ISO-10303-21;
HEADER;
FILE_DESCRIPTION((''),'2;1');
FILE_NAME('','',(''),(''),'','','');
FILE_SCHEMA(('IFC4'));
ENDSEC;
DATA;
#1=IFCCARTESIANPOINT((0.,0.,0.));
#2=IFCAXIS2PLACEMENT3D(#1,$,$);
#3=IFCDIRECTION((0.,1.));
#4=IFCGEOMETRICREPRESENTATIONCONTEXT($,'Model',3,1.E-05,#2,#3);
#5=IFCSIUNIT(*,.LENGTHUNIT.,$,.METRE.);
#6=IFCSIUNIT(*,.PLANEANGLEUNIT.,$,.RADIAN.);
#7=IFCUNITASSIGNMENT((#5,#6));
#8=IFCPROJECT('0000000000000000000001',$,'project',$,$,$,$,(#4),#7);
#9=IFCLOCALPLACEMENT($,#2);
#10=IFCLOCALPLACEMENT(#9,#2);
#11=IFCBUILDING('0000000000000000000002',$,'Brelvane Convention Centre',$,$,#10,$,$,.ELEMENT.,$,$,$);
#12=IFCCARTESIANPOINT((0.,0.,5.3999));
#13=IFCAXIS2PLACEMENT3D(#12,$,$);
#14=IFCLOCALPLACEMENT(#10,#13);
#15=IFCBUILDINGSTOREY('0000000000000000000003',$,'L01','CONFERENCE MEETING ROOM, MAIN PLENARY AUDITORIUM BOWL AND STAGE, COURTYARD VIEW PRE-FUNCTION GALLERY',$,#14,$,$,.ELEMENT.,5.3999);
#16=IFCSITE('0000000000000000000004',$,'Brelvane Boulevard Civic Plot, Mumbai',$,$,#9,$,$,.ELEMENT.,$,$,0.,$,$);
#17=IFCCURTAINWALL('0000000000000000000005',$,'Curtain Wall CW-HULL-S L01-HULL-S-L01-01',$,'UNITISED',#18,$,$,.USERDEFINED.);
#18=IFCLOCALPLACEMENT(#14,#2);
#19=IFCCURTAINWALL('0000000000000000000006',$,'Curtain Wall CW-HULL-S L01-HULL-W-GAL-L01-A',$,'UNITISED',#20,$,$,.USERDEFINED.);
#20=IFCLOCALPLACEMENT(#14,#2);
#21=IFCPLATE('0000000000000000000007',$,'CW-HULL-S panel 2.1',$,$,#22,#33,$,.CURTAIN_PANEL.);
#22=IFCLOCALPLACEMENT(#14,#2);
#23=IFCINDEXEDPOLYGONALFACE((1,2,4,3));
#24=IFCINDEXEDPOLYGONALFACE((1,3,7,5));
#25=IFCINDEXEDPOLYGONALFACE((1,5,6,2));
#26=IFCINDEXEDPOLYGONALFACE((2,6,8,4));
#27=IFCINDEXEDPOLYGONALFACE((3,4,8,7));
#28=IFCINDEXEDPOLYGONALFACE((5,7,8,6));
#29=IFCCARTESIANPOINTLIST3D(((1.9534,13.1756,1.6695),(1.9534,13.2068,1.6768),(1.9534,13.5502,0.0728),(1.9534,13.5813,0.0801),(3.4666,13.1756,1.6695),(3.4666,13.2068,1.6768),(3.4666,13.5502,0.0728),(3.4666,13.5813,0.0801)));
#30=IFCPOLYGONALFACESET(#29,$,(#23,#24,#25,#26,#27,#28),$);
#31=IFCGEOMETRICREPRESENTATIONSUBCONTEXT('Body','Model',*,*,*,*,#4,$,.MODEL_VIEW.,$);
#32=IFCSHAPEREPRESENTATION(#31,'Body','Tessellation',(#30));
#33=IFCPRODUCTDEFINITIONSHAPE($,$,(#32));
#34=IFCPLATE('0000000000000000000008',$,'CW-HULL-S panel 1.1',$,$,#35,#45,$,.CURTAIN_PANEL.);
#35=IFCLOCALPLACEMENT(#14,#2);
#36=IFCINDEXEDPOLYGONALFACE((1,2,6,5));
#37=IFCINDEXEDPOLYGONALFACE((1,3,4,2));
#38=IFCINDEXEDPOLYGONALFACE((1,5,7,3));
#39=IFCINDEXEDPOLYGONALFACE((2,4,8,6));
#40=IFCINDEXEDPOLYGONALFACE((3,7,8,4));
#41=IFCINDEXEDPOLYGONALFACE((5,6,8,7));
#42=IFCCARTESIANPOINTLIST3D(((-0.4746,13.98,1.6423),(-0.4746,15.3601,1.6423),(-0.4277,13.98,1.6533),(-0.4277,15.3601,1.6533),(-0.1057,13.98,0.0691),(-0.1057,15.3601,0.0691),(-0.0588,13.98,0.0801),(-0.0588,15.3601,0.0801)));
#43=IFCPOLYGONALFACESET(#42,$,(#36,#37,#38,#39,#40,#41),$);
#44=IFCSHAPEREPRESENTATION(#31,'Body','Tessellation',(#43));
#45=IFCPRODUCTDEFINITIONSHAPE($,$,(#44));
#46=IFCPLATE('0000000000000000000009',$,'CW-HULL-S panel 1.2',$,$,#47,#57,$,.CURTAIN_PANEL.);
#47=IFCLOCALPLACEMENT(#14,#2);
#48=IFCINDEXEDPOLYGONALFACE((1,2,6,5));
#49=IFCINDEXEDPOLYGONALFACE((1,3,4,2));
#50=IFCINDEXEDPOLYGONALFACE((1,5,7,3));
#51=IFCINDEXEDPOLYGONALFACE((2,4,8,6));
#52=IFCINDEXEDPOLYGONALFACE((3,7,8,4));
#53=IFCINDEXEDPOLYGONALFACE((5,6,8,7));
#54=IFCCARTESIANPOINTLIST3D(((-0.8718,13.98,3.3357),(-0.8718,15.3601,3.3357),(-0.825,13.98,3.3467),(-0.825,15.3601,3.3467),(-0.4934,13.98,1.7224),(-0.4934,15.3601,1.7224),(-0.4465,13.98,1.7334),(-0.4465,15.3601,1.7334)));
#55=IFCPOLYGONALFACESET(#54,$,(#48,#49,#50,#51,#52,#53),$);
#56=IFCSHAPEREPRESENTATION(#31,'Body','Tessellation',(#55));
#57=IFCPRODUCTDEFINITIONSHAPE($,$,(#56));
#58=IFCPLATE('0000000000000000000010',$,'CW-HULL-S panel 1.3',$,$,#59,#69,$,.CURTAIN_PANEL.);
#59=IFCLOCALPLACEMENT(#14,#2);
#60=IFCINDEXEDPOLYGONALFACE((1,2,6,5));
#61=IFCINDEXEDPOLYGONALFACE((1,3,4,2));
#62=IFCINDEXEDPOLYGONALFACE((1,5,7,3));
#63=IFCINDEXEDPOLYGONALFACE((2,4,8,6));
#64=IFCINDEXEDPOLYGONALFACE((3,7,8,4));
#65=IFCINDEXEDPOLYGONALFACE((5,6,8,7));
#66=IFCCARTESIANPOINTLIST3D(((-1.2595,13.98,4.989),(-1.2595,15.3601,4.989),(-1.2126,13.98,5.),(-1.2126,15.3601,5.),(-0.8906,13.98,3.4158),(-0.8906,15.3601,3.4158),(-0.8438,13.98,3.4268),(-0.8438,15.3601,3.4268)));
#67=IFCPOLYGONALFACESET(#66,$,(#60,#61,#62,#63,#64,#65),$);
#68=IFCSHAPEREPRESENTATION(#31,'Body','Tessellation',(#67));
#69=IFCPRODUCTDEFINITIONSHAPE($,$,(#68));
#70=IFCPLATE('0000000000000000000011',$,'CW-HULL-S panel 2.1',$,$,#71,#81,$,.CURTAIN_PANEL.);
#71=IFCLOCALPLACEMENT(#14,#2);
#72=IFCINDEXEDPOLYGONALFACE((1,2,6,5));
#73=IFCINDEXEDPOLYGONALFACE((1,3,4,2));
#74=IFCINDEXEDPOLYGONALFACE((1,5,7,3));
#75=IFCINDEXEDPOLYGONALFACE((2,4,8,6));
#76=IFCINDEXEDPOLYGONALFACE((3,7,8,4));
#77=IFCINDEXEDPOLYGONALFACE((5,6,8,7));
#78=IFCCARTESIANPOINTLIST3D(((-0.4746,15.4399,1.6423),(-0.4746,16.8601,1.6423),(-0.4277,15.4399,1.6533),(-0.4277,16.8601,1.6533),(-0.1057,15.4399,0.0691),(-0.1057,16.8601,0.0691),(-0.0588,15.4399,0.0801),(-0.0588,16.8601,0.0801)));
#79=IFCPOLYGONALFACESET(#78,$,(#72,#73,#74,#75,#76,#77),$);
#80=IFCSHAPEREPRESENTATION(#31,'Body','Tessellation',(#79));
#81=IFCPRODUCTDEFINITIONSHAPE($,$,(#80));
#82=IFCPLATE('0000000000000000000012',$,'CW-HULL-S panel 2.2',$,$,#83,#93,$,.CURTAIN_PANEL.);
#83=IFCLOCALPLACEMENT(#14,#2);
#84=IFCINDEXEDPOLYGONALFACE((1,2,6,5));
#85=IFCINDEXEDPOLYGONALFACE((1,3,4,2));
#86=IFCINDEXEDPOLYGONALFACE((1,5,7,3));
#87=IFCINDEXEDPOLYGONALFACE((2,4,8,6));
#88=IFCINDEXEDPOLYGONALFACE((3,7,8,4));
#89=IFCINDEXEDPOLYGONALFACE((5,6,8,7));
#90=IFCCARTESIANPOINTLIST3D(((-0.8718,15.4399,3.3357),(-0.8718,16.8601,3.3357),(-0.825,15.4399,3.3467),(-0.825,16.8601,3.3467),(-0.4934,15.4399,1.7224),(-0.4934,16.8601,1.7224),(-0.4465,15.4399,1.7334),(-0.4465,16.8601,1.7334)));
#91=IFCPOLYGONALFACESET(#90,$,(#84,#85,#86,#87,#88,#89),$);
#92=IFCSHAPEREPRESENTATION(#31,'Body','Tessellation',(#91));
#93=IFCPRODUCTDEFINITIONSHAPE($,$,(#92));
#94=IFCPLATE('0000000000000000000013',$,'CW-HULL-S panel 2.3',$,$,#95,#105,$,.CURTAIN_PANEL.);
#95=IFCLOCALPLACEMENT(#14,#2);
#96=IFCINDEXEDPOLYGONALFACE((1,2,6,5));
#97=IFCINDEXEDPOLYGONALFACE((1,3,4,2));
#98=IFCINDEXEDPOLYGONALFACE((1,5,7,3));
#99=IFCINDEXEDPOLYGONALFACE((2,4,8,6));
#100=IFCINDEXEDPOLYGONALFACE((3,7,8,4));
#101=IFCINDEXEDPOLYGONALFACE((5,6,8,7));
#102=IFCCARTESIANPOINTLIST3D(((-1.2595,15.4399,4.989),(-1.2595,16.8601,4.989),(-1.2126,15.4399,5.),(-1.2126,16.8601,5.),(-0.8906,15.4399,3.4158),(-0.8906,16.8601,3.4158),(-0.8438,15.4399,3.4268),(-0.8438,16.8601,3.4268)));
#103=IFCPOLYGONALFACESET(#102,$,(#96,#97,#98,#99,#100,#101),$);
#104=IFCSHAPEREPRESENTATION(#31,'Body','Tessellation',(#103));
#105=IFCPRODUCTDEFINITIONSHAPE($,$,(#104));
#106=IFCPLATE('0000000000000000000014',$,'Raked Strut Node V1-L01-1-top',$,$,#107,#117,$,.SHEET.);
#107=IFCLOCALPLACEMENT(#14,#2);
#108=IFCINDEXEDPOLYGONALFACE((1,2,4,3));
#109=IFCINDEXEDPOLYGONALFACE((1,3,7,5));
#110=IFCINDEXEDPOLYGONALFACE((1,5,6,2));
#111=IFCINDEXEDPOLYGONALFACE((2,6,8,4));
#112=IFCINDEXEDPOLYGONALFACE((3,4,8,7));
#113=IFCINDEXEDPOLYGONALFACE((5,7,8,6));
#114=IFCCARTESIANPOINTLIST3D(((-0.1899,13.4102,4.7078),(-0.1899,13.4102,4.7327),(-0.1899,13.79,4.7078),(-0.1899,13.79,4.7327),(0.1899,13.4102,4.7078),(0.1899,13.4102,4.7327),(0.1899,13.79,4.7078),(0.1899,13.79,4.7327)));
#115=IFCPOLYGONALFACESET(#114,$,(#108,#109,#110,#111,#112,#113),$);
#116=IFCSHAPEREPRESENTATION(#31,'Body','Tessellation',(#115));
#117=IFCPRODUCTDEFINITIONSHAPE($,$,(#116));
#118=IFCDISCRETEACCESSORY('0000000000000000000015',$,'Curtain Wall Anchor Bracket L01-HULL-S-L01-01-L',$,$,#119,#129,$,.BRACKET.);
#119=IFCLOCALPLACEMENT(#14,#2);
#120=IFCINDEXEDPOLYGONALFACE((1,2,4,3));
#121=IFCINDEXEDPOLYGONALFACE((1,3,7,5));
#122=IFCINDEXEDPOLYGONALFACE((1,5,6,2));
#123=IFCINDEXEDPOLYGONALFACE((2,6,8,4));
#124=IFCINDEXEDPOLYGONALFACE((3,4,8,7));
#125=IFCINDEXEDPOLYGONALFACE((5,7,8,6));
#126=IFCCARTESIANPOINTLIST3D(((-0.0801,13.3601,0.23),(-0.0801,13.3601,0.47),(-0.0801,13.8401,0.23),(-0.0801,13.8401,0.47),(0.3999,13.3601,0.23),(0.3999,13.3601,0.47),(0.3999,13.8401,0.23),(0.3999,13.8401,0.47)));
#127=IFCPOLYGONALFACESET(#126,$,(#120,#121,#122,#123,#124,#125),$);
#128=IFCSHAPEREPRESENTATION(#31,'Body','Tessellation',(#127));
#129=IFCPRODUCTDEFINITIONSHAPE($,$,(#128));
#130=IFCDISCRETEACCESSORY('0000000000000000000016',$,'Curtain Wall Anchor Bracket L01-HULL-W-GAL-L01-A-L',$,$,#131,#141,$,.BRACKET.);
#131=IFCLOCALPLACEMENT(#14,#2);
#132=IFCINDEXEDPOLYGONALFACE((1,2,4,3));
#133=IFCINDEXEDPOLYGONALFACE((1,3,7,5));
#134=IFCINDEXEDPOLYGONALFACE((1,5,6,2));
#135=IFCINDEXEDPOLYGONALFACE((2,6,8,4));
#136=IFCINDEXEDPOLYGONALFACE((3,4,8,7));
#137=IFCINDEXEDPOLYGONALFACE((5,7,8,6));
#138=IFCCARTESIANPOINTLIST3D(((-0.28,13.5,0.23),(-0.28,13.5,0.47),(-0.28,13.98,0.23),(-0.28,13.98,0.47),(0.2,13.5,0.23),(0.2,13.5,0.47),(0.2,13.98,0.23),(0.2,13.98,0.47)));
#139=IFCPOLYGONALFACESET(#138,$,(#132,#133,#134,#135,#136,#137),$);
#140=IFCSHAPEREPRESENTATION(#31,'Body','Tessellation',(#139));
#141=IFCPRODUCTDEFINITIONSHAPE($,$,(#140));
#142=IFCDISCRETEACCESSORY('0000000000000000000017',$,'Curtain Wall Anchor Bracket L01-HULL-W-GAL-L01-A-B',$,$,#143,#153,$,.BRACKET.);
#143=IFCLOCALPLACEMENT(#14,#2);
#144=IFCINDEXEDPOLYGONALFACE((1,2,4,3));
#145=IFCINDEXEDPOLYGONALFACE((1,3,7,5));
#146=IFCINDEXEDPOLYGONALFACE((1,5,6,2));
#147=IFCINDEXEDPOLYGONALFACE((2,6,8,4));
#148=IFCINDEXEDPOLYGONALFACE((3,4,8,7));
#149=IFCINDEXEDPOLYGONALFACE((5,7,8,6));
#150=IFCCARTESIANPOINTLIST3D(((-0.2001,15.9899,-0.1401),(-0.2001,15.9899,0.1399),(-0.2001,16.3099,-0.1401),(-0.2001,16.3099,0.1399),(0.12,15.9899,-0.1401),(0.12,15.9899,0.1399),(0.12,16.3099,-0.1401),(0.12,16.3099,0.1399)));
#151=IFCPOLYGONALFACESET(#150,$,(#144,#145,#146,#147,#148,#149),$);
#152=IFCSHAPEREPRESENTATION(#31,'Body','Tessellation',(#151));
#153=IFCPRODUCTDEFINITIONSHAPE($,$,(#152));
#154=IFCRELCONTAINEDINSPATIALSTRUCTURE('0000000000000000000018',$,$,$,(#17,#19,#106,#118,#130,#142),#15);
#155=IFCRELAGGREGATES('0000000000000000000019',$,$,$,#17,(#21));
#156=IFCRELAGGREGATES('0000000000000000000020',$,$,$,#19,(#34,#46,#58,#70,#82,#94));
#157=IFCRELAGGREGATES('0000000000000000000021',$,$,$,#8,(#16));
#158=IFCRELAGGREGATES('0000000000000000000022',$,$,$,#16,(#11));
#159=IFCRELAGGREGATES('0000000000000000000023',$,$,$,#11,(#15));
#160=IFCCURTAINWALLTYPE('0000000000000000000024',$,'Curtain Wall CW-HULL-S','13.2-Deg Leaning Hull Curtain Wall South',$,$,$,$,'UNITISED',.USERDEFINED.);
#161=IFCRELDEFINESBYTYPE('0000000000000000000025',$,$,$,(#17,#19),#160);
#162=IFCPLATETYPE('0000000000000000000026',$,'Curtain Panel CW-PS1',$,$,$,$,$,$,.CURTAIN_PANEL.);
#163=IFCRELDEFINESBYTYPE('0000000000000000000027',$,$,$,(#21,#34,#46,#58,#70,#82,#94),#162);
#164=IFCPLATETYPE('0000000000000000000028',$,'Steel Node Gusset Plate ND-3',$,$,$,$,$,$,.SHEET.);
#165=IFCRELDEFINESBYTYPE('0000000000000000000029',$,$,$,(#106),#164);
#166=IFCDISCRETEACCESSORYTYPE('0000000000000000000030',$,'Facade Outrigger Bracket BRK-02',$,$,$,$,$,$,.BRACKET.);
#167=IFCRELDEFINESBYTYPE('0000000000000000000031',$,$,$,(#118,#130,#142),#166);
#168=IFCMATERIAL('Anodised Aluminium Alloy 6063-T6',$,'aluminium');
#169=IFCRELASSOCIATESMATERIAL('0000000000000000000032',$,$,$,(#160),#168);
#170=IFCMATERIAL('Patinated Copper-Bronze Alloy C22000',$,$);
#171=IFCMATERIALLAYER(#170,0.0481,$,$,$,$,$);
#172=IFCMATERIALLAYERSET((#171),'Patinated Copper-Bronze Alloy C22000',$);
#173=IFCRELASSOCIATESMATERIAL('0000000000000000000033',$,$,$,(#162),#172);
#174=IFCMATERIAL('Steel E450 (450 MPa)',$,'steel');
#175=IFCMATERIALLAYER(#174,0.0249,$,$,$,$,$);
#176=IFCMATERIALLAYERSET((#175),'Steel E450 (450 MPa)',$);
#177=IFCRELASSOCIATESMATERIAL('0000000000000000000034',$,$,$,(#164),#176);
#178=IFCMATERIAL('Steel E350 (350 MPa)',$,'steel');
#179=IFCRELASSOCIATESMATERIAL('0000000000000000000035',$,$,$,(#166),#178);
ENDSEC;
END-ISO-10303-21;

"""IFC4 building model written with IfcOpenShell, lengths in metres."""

from ifc_helpers import new_model, si_unit, direction, frame, origin, origin_2d, place, context, subcontext, project, spatial, polyline, rectangle, outline, extrude, material, layer, layer_set, type_object, element, aggregate, save


model = new_model("IFC4")

# Units and contexts
model_context = context("Model", 3, precision=1e-05, world=origin(), true_north=direction((0.0, 1.0)))
body_context = subcontext(model_context, "Body", "Model", "MODEL_VIEW")
ifc_project = project(units=[si_unit("LENGTHUNIT", "METRE"), si_unit("PLANEANGLEUNIT", "RADIAN")], contexts=[model_context])

# Site, building, storey
site_placement = place(None, origin())
site = spatial("IfcSite", under=ifc_project, at=site_placement, Name="Brelvane Boulevard Civic Plot, Mumbai", CompositionType="ELEMENT", RefElevation=0.0)
building_placement = place(site_placement, origin())
building = spatial("IfcBuilding", under=site, at=building_placement, Name="Brelvane Convention Centre", CompositionType="ELEMENT")
storey_placement = place(building_placement, frame((0.0, 0.0, 5.3999)))
storey = spatial("IfcBuildingStorey", under=building, at=storey_placement, Name="L01", Description="CONFERENCE MEETING ROOM, MAIN PLENARY AUDITORIUM BOWL AND STAGE, COURTYARD VIEW PRE-FUNCTION GALLERY", CompositionType="ELEMENT", Elevation=5.3999)

# Curtain walls
ifc_material_1 = material(Name="Anodised Aluminium Alloy 6063-T6", Category="aluminium")
curtain_wall_type = type_object("IfcCurtainWallType", Name="Curtain Wall CW-HULL-S", Description="13.2-Deg Leaning Hull Curtain Wall South", ElementType="UNITISED", PredefinedType="USERDEFINED", material=ifc_material_1)
curtain_wall_1_placement = place(storey_placement, origin())
curtain_wall_1 = element("IfcCurtainWall", 1, at=curtain_wall_1_placement, inside=storey, type_object=curtain_wall_type, Name="Curtain Wall CW-HULL-S L01-HULL-S-L01-01", ObjectType="UNITISED", PredefinedType="USERDEFINED")
curtain_wall_2_placement = place(storey_placement, origin())
curtain_wall_2 = element("IfcCurtainWall", 2, at=curtain_wall_2_placement, inside=storey, type_object=curtain_wall_type, Name="Curtain Wall CW-HULL-S L01-HULL-W-GAL-L01-A", ObjectType="UNITISED", PredefinedType="USERDEFINED")

# Plates
ifc_material_2 = material(Name="Patinated Copper-Bronze Alloy C22000")
ifc_layer_1 = layer(ifc_material_2, 0.0481)
ifc_layer_set_1 = layer_set([ifc_layer_1], Name="Patinated Copper-Bronze Alloy C22000")
plate_type_1 = type_object("IfcPlateType", Name="Curtain Panel CW-PS1", PredefinedType="CURTAIN_PANEL", material=ifc_layer_set_1)
plate_1_placement = place(storey_placement, frame((1.9534, 13.5813, 0.0801), z_axis=(0.0, 0.973577, 0.228359), x_axis=(1.0, 0.0, 0.0)))
plate_1 = element("IfcPlate", 3, at=plate_1_placement, type_object=plate_type_1, Name="CW-HULL-S panel 2.1", PredefinedType="CURTAIN_PANEL", context=body_context, shape_type="SweptSolid", body=[
    extrude(outline(polyline([(0.0, 0.0), (1.5132, 0.0), (1.5132, -1.64), (0.0, -1.64), (0.0, 0.0)])), origin(), (0.0, 0.0, -1.0), 0.032),
])
aggregate(curtain_wall_1, [plate_1])
plate_2_placement = place(storey_placement, frame((-0.0588, 13.98, 0.0801), z_axis=(0.973593, 0.0, 0.22829), x_axis=(0.0, 1.0, 0.0)))
plate_2 = element("IfcPlate", 4, at=plate_2_placement, type_object=plate_type_1, Name="CW-HULL-S panel 1.1", PredefinedType="CURTAIN_PANEL", context=body_context, shape_type="SweptSolid", body=[
    extrude(outline(polyline([(0.0, 0.0), (1.3801, 0.0), (1.3801, 1.6159), (0.0, 1.6159), (0.0, 0.0)])), origin(), (0.0, 0.0, -1.0), 0.0481),
])
plate_3_placement = place(storey_placement, frame((-0.4465, 13.98, 1.7334), z_axis=(0.973575, 0.0, 0.228366), x_axis=(0.0, 1.0, 0.0)))
plate_3 = element("IfcPlate", 5, at=plate_3_placement, type_object=plate_type_1, Name="CW-HULL-S panel 1.2", PredefinedType="CURTAIN_PANEL", context=body_context, shape_type="SweptSolid", body=[
    extrude(outline(polyline([(0.0, 0.0), (1.3801, 0.0), (1.3801, 1.6571), (0.0, 1.6571), (0.0, 0.0)])), origin(), (0.0, 0.0, -1.0), 0.0481),
])
plate_4_placement = place(storey_placement, frame((-0.8438, 13.98, 3.4268), z_axis=(0.973593, 0.0, 0.22829), x_axis=(0.0, 1.0, 0.0)))
plate_4 = element("IfcPlate", 6, at=plate_4_placement, type_object=plate_type_1, Name="CW-HULL-S panel 1.3", PredefinedType="CURTAIN_PANEL", context=body_context, shape_type="SweptSolid", body=[
    extrude(outline(polyline([(0.0, 0.0), (1.3801, 0.0), (1.3801, 1.6159), (0.0, 1.6159), (0.0, 0.0)])), origin(), (0.0, 0.0, -1.0), 0.0481),
])
plate_5_placement = place(storey_placement, frame((-0.0588, 15.4399, 0.0801), z_axis=(0.973593, 0.0, 0.22829), x_axis=(0.0, 1.0, 0.0)))
plate_5 = element("IfcPlate", 7, at=plate_5_placement, type_object=plate_type_1, Name="CW-HULL-S panel 2.1", PredefinedType="CURTAIN_PANEL", context=body_context, shape_type="SweptSolid", body=[
    extrude(outline(polyline([(0.0, 0.0), (1.4202, 0.0), (1.4202, 1.6159), (0.0, 1.6159), (0.0, 0.0)])), origin(), (0.0, 0.0, -1.0), 0.0481),
])
plate_6_placement = place(storey_placement, frame((-0.4465, 15.4399, 1.7334), z_axis=(0.973575, 0.0, 0.228366), x_axis=(0.0, 1.0, 0.0)))
plate_6 = element("IfcPlate", 8, at=plate_6_placement, type_object=plate_type_1, Name="CW-HULL-S panel 2.2", PredefinedType="CURTAIN_PANEL", context=body_context, shape_type="SweptSolid", body=[
    extrude(outline(polyline([(0.0, 0.0), (1.4202, 0.0), (1.4202, 1.6571), (0.0, 1.6571), (0.0, 0.0)])), origin(), (0.0, 0.0, -1.0), 0.0481),
])
plate_7_placement = place(storey_placement, frame((-0.8438, 15.4399, 3.4268), z_axis=(0.973593, 0.0, 0.22829), x_axis=(0.0, 1.0, 0.0)))
plate_7 = element("IfcPlate", 9, at=plate_7_placement, type_object=plate_type_1, Name="CW-HULL-S panel 2.3", PredefinedType="CURTAIN_PANEL", context=body_context, shape_type="SweptSolid", body=[
    extrude(outline(polyline([(0.0, 0.0), (1.4202, 0.0), (1.4202, 1.6159), (0.0, 1.6159), (0.0, 0.0)])), origin(), (0.0, 0.0, -1.0), 0.0481),
])
aggregate(curtain_wall_2, [plate_2, plate_3, plate_4, plate_5, plate_6, plate_7])
ifc_material_3 = material(Name="Steel E450 (450 MPa)", Category="steel")
ifc_layer_2 = layer(ifc_material_3, 0.0249)
ifc_layer_set_2 = layer_set([ifc_layer_2], Name="Steel E450 (450 MPa)")
plate_type_2 = type_object("IfcPlateType", Name="Steel Node Gusset Plate ND-3", PredefinedType="SHEET", material=ifc_layer_set_2)
plate_8_placement = place(storey_placement, frame((0.0, 13.6001, 4.7078), z_axis=(0.0, 0.0, 1.0), x_axis=(1.0, 0.0, 0.0)))
element("IfcPlate", 10, at=plate_8_placement, inside=storey, type_object=plate_type_2, Name="Raked Strut Node V1-L01-1-top", PredefinedType="SHEET", context=body_context, shape_type="SweptSolid", body=[
    extrude(rectangle(XDim=0.3799, YDim=0.3799, at=origin_2d()), origin(), (0.0, 0.0, 1.0), 0.0249),
])

# Discrete accessories
ifc_material_4 = material(Name="Steel E350 (350 MPa)", Category="steel")
discrete_accessory_type = type_object("IfcDiscreteAccessoryType", Name="Facade Outrigger Bracket BRK-02", PredefinedType="BRACKET", material=ifc_material_4)
for number, where, z_axis, x_axis, name in (
    (11, (0.1599, 13.6001, 0.23), (0.0, 0.0, 1.0), (1.0, 0.0, 0.0), "Curtain Wall Anchor Bracket L01-HULL-S-L01-01-L"),
    (12, (-0.04, 13.74, 0.23), (0.0, 0.0, 1.0), (1.0, 0.0, 0.0), "Curtain Wall Anchor Bracket L01-HULL-W-GAL-L01-A-L"),
):
    element("IfcDiscreteAccessory", number, at=place(storey_placement, frame(where, z_axis=z_axis, x_axis=x_axis)), inside=storey, type_object=discrete_accessory_type, Name=name, PredefinedType="BRACKET", context=body_context, shape_type="SweptSolid", body=[
        extrude(rectangle(XDim=0.48, YDim=0.48, at=origin_2d()), origin(), (0.0, 0.0, 1.0), 0.24),
    ])
discrete_accessory_placement = place(storey_placement, frame((-0.04, 16.1499, -0.1401), z_axis=(0.0, 0.0, 1.0), x_axis=(1.0, 0.0, 0.0)))
element("IfcDiscreteAccessory", 13, at=discrete_accessory_placement, inside=storey, type_object=discrete_accessory_type, Name="Curtain Wall Anchor Bracket L01-HULL-W-GAL-L01-A-B", PredefinedType="BRACKET", context=body_context, shape_type="SweptSolid", body=[
    extrude(rectangle(XDim=0.3201, YDim=0.3201, at=origin_2d()), origin(), (0.0, 0.0, 1.0), 0.28),
])

save(model, "model.ifc")
